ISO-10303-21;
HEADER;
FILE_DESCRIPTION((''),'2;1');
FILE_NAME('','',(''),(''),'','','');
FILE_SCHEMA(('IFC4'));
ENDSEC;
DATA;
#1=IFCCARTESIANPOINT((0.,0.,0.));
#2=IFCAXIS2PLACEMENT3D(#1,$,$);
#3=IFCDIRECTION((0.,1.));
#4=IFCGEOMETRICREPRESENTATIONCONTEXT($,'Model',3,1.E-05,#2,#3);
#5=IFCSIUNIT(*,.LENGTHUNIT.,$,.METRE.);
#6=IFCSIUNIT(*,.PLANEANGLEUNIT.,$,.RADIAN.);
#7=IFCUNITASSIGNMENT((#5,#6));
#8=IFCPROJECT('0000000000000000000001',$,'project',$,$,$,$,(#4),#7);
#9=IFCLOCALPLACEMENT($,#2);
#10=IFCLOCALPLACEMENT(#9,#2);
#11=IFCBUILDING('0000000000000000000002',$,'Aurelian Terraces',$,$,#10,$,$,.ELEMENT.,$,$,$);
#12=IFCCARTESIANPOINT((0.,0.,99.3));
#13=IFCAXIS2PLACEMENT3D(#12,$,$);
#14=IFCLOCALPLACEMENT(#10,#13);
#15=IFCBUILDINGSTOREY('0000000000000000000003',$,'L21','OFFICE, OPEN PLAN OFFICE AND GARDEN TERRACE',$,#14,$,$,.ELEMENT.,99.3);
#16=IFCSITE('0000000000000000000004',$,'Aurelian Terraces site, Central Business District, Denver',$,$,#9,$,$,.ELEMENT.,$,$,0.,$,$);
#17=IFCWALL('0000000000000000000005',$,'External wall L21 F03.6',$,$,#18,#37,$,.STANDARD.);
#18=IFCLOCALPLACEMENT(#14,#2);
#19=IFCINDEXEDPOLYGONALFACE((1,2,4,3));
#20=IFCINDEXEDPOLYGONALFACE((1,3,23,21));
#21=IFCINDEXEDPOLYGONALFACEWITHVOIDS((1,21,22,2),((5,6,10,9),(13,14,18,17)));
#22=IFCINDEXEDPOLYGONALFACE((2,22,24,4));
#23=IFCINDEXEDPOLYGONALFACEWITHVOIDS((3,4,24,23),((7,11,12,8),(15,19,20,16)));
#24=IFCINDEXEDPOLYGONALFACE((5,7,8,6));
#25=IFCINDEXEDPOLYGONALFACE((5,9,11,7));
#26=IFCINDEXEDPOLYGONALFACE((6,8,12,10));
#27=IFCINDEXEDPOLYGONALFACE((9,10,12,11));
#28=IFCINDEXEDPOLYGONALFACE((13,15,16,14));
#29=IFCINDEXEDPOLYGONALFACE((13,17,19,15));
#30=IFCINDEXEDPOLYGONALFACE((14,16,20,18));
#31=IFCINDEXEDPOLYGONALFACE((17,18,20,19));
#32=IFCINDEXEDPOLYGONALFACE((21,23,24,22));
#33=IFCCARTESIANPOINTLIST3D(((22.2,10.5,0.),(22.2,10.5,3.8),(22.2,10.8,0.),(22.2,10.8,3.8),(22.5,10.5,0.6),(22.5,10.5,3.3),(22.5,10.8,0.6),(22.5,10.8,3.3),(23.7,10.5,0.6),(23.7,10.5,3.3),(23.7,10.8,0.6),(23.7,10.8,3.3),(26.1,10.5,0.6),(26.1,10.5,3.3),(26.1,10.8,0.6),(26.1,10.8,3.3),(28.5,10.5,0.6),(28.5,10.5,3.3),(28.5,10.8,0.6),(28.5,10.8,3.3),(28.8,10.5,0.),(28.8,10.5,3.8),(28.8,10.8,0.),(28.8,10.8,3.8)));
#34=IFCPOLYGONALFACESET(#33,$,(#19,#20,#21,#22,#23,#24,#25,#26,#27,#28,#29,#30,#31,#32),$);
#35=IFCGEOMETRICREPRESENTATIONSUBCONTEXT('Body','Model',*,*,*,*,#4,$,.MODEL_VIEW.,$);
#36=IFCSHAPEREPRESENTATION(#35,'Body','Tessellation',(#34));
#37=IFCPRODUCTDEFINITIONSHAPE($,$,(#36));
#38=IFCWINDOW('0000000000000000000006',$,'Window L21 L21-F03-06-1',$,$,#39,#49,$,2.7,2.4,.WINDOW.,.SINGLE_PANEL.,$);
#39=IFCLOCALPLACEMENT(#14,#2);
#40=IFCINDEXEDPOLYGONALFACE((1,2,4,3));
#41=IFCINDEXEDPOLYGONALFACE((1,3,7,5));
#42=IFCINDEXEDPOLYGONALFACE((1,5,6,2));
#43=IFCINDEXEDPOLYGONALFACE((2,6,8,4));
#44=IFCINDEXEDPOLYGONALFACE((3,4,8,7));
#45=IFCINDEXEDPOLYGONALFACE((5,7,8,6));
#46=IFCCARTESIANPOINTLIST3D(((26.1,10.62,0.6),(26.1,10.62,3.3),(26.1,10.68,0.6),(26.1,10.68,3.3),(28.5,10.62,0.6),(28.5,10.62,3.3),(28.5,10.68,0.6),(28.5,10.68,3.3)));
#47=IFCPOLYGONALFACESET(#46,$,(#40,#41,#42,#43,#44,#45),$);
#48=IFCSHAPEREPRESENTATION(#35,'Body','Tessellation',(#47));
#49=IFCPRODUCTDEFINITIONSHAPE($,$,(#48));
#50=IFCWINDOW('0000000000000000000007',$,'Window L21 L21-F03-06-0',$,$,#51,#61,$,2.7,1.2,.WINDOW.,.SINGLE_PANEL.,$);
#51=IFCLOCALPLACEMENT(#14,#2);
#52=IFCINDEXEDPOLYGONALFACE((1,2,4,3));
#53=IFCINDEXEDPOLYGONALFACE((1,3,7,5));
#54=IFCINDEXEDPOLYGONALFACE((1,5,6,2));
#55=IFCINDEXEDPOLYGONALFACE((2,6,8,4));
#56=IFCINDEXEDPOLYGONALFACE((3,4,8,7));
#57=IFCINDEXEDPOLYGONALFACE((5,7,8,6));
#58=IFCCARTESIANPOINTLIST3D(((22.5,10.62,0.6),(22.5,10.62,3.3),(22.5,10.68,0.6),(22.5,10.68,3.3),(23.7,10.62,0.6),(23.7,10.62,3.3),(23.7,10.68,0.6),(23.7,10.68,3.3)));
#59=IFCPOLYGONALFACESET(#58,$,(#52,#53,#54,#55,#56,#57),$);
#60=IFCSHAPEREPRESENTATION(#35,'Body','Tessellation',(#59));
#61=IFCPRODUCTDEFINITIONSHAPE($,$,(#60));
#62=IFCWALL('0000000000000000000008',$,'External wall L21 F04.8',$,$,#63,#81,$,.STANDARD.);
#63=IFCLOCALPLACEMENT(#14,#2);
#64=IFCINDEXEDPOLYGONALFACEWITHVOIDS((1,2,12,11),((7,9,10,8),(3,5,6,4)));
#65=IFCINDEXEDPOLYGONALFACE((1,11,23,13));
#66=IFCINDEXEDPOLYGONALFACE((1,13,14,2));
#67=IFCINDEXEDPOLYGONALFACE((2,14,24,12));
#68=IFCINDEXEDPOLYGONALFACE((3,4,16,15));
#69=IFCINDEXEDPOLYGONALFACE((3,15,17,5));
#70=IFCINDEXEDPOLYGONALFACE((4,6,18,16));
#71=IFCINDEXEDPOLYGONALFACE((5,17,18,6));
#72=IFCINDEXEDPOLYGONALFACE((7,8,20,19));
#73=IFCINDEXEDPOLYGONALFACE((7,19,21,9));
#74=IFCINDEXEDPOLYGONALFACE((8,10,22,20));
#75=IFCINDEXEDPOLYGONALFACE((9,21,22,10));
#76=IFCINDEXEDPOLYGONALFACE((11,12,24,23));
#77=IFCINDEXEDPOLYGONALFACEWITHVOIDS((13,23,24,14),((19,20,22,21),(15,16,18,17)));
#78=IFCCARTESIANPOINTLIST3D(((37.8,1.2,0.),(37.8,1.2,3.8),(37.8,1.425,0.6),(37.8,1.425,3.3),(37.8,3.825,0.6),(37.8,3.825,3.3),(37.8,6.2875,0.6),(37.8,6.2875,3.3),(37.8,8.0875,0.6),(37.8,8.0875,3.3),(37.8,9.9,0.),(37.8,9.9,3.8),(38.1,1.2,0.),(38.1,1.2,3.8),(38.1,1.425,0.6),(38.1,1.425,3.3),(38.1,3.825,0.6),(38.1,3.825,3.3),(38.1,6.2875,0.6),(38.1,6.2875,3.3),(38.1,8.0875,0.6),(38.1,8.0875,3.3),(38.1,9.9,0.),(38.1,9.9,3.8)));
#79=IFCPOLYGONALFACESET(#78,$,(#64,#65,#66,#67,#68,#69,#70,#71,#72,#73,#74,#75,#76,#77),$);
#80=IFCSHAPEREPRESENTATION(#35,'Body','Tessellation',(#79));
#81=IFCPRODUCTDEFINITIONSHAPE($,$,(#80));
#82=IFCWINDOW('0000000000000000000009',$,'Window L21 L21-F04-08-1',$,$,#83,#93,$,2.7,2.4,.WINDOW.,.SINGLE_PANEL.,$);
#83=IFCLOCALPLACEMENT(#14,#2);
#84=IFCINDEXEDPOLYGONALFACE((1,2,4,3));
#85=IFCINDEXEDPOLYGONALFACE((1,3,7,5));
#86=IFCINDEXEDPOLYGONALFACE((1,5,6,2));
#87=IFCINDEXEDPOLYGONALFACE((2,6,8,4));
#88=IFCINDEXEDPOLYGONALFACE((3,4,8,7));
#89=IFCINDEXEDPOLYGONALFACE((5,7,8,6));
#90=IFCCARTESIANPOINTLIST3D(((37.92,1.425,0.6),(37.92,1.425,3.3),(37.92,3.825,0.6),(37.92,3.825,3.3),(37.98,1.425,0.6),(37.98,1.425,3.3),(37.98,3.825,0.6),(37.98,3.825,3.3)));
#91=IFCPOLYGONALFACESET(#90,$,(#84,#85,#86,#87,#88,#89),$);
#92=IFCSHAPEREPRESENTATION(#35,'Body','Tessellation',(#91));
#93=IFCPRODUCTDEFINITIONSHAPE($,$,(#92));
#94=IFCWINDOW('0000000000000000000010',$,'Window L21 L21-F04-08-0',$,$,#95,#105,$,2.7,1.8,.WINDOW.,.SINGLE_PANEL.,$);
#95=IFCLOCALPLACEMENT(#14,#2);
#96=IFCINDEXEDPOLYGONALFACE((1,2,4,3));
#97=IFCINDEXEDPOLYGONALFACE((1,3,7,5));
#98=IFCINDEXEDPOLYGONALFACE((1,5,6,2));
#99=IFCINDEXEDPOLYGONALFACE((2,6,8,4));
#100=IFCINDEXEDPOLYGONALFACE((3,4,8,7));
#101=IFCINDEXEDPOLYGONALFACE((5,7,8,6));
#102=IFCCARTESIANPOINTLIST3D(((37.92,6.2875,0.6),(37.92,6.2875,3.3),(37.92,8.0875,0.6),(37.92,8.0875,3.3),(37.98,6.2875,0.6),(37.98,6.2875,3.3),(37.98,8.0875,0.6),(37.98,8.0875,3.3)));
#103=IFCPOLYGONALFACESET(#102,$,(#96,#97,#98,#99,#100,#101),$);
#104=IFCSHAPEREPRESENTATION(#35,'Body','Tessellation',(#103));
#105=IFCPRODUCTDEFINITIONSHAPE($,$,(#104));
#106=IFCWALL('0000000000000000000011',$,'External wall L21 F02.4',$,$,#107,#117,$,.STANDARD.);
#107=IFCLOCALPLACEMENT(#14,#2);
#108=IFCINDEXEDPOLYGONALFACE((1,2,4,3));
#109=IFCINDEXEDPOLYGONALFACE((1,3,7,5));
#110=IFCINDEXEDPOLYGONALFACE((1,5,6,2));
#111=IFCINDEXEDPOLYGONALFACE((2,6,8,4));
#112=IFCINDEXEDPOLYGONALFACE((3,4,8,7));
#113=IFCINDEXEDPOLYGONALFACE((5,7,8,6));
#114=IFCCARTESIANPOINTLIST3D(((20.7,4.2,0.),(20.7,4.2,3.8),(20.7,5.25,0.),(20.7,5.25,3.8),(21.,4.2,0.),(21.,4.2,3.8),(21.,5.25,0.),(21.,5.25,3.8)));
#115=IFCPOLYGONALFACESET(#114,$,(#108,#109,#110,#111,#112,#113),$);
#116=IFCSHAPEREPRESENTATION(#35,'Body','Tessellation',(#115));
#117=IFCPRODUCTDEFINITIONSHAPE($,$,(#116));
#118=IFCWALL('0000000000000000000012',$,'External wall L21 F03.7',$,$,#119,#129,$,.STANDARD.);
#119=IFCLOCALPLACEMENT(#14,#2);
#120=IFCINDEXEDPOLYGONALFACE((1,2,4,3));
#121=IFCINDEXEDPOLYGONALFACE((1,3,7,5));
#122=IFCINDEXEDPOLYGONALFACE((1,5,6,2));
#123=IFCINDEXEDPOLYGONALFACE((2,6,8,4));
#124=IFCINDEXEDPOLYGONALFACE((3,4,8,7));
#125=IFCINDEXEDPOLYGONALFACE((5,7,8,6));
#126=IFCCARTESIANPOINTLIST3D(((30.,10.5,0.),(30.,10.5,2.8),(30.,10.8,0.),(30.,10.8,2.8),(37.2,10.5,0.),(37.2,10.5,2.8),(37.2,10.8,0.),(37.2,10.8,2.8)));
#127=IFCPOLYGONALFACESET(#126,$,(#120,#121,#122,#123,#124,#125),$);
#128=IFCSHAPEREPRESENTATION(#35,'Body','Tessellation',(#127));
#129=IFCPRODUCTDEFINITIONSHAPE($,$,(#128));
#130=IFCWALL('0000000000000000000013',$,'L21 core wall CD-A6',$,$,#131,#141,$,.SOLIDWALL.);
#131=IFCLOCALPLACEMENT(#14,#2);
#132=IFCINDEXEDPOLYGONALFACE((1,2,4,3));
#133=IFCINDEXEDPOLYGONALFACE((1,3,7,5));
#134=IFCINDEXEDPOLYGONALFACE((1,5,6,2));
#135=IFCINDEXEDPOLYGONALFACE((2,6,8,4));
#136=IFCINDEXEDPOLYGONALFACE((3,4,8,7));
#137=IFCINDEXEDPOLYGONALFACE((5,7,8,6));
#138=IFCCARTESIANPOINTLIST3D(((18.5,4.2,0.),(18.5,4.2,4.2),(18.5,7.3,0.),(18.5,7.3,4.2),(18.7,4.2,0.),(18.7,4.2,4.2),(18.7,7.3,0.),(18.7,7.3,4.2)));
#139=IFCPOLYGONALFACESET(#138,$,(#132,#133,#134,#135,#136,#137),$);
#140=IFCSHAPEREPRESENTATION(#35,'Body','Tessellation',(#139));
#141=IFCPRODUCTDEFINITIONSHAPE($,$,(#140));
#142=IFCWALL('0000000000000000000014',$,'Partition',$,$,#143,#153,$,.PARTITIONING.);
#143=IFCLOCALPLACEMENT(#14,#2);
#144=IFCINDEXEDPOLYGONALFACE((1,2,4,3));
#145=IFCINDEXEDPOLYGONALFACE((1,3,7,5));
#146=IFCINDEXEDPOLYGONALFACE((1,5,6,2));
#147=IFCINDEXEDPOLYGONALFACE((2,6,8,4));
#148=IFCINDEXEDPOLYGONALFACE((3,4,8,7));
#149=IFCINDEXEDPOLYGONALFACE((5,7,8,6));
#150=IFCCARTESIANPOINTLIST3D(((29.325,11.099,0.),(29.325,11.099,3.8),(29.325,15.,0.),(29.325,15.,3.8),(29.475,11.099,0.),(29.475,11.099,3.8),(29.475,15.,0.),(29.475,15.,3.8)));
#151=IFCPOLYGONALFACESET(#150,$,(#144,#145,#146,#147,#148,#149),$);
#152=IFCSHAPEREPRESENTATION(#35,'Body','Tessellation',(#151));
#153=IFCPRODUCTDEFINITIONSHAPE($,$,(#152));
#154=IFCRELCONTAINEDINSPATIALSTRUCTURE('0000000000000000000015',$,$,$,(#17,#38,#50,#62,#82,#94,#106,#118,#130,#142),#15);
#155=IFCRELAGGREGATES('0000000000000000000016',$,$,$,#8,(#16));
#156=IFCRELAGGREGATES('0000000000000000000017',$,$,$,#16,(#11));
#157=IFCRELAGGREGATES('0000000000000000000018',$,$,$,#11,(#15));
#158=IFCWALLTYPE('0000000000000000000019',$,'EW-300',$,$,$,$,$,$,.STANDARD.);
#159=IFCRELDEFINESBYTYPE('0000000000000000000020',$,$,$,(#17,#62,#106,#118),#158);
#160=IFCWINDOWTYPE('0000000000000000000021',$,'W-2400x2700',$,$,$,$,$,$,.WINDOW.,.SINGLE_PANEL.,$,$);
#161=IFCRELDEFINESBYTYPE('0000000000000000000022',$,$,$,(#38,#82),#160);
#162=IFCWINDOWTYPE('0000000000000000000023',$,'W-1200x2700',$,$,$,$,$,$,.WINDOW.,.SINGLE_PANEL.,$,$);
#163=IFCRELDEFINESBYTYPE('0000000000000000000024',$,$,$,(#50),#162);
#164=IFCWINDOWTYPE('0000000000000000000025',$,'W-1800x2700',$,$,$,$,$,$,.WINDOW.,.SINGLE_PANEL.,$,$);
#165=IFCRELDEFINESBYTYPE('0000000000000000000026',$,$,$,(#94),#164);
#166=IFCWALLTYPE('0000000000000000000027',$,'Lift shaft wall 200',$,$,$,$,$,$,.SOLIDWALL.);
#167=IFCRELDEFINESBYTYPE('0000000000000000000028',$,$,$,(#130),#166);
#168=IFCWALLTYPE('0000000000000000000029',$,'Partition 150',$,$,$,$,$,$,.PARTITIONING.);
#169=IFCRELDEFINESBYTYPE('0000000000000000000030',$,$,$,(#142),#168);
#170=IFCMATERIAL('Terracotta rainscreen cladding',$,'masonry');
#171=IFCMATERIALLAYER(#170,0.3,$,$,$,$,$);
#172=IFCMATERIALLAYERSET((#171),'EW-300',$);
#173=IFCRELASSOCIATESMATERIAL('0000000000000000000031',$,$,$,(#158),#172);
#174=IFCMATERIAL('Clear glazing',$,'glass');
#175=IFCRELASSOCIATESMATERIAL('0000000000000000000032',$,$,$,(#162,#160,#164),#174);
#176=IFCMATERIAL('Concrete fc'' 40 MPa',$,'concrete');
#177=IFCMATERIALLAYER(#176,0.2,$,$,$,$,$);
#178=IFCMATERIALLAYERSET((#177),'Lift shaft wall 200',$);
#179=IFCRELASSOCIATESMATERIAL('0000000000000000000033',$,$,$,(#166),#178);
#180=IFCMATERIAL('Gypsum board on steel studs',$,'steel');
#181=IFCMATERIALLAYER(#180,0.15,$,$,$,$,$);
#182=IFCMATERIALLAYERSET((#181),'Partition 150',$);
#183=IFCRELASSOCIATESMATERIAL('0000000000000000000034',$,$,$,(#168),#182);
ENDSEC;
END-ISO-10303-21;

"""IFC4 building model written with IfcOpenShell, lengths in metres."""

from ifc_helpers import new_model, si_unit, direction, frame, frame_2d, origin, place, context, subcontext, project, spatial, rectangle, extrude, source, transform, mapped, material, layer, layer_set, type_object, element, fill, save


model = new_model("IFC4")

# Units and contexts
model_context = context("Model", 3, precision=1e-05, world=origin(), true_north=direction((0.0, 1.0)))
body_context = subcontext(model_context, "Body", "Model", "MODEL_VIEW")
ifc_project = project(units=[si_unit("LENGTHUNIT", "METRE"), si_unit("PLANEANGLEUNIT", "RADIAN")], contexts=[model_context])

# Site, building, storey
site_placement = place(None, origin())
site = spatial("IfcSite", under=ifc_project, at=site_placement, Name="Aurelian Terraces site, Central Business District, Denver", CompositionType="ELEMENT", RefElevation=0.0)
building_placement = place(site_placement, origin())
building = spatial("IfcBuilding", under=site, at=building_placement, Name="Aurelian Terraces", CompositionType="ELEMENT")
storey_placement = place(building_placement, frame((0.0, 0.0, 99.3)))
storey = spatial("IfcBuildingStorey", under=building, at=storey_placement, Name="L21", Description="OFFICE, OPEN PLAN OFFICE AND GARDEN TERRACE", CompositionType="ELEMENT", Elevation=99.3)

# Shared definitions
ifc_material_1 = material(Name="Concrete fc' 40 MPa", Category="concrete")

# Shared definitions
ifc_material_2 = material(Name="Terracotta rainscreen cladding", Category="masonry")
ifc_layer_1 = layer(ifc_material_2, 0.3)
ifc_layer_set_1 = layer_set([ifc_layer_1], Name="EW-300")
wall_type_1 = type_object("IfcWallType", Name="EW-300", PredefinedType="STANDARD", material=ifc_layer_set_1)
shared_shape_1 = source(origin(), body_context, "Body", "SweptSolid", [
    extrude(rectangle(XDim=1.2, YDim=2.7, at=frame_2d((0.6, 1.35))), frame((0.0, 0.16, 0.0), z_axis=(0.0, -1.0, 0.0), x_axis=(1.0, 0.0, 0.0)), (0.0, 0.0, 1.0), 0.32),
])
ifc_material_3 = material(Name="Clear glazing", Category="glass")
window_type_1 = type_object("IfcWindowType", Name="W-1200x2700", PartitioningType="SINGLE_PANEL", PredefinedType="WINDOW", material=ifc_material_3)
shared_shape_2 = source(origin(), body_context, "Body", "SweptSolid", [
    extrude(rectangle(XDim=1.2, YDim=2.7, at=frame_2d((0.6, 1.35))), frame((0.0, 0.03, 0.0), z_axis=(0.0, -1.0, 0.0), x_axis=(1.0, 0.0, 0.0)), (0.0, 0.0, 1.0), 0.06),
])

# Walls, openings, windows
shared_shape_3 = source(origin(), body_context, "Body", "SweptSolid", [
    extrude(rectangle(XDim=6.6, YDim=0.3, at=frame_2d((3.3, 0.0))), origin(), (0.0, 0.0, 1.0), 3.8),
])
wall_1_placement = place(storey_placement, frame((22.2, 10.65, 0.0), z_axis=(0.0, 0.0, 1.0), x_axis=(1.0, 0.0, 0.0)))
wall_1 = element("IfcWall", 1, at=wall_1_placement, inside=storey, type_object=wall_type_1, Name="External wall L21 F03.6", PredefinedType="STANDARD", context=body_context, shape_type="MappedRepresentation", body=[
    mapped(shared_shape_3, transform((0.0, 0.0, 0.0), scale=1.0)),
])
opening_1_placement = place(wall_1_placement, frame((0.3, 0.0, 0.6)))
opening_1 = element("IfcOpeningElement", 2, at=opening_1_placement, cuts=wall_1, PredefinedType="OPENING", context=body_context, shape_type="MappedRepresentation", body=[
    mapped(shared_shape_1, transform((0.0, 0.0, 0.0), scale=1.0)),
])
shared_shape_4 = source(origin(), body_context, "Body", "SweptSolid", [
    extrude(rectangle(XDim=2.4, YDim=2.7, at=frame_2d((1.2, 1.35))), frame((0.0, 0.16, 0.0), z_axis=(0.0, -1.0, 0.0), x_axis=(1.0, 0.0, 0.0)), (0.0, 0.0, 1.0), 0.32),
])
opening_2_placement = place(wall_1_placement, frame((3.9, 0.0, 0.6)))
opening_2 = element("IfcOpeningElement", 3, at=opening_2_placement, cuts=wall_1, PredefinedType="OPENING", context=body_context, shape_type="MappedRepresentation", body=[
    mapped(shared_shape_4, transform((0.0, 0.0, 0.0), scale=1.0)),
])
window_type_2 = type_object("IfcWindowType", Name="W-2400x2700", PartitioningType="SINGLE_PANEL", PredefinedType="WINDOW", material=ifc_material_3)
shared_shape_5 = source(origin(), body_context, "Body", "SweptSolid", [
    extrude(rectangle(XDim=2.4, YDim=2.7, at=frame_2d((1.2, 1.35))), frame((0.0, 0.03, 0.0), z_axis=(0.0, -1.0, 0.0), x_axis=(1.0, 0.0, 0.0)), (0.0, 0.0, 1.0), 0.06),
])
window_1_placement = place(opening_2_placement, origin())
window_1 = element("IfcWindow", 4, at=window_1_placement, inside=storey, type_object=window_type_2, Name="Window L21 L21-F03-06-1", OverallHeight=2.7, OverallWidth=2.4, PartitioningType="SINGLE_PANEL", PredefinedType="WINDOW", context=body_context, shape_type="MappedRepresentation", body=[
    mapped(shared_shape_5, transform((0.0, 0.0, 0.0), scale=1.0)),
])
fill(opening_2, window_1)
window_2_placement = place(opening_1_placement, origin())
window_2 = element("IfcWindow", 5, at=window_2_placement, inside=storey, type_object=window_type_1, Name="Window L21 L21-F03-06-0", OverallHeight=2.7, OverallWidth=1.2, PartitioningType="SINGLE_PANEL", PredefinedType="WINDOW", context=body_context, shape_type="MappedRepresentation", body=[
    mapped(shared_shape_2, transform((0.0, 0.0, 0.0), scale=1.0)),
])
fill(opening_1, window_2)
shared_shape_6 = source(origin(), body_context, "Body", "SweptSolid", [
    extrude(rectangle(XDim=8.7, YDim=0.3, at=frame_2d((4.35, 0.0))), origin(), (0.0, 0.0, 1.0), 3.8),
])
wall_2_placement = place(storey_placement, frame((37.95, 9.9, 0.0), z_axis=(0.0, 0.0, 1.0), x_axis=(0.0, -1.0, 0.0)))
wall_2 = element("IfcWall", 6, at=wall_2_placement, inside=storey, type_object=wall_type_1, Name="External wall L21 F04.8", PredefinedType="STANDARD", context=body_context, shape_type="MappedRepresentation", body=[
    mapped(shared_shape_6, transform((0.0, 0.0, 0.0), scale=1.0)),
])
shared_shape_7 = source(origin(), body_context, "Body", "SweptSolid", [
    extrude(rectangle(XDim=1.8, YDim=2.7, at=frame_2d((0.9, 1.35))), frame((0.0, 0.16, 0.0), z_axis=(0.0, -1.0, 0.0), x_axis=(1.0, 0.0, 0.0)), (0.0, 0.0, 1.0), 0.32),
])
opening_3_placement = place(wall_2_placement, frame((1.8125, 0.0, 0.6)))
opening_3 = element("IfcOpeningElement", 7, at=opening_3_placement, cuts=wall_2, PredefinedType="OPENING", context=body_context, shape_type="MappedRepresentation", body=[
    mapped(shared_shape_7, transform((0.0, 0.0, 0.0), scale=1.0)),
])
opening_4_placement = place(wall_2_placement, frame((6.075, 0.0, 0.6)))
opening_4 = element("IfcOpeningElement", 8, at=opening_4_placement, cuts=wall_2, PredefinedType="OPENING", context=body_context, shape_type="MappedRepresentation", body=[
    mapped(shared_shape_4, transform((0.0, 0.0, 0.0), scale=1.0)),
])
window_3_placement = place(opening_4_placement, origin())
window_3 = element("IfcWindow", 9, at=window_3_placement, inside=storey, type_object=window_type_2, Name="Window L21 L21-F04-08-1", OverallHeight=2.7, OverallWidth=2.4, PartitioningType="SINGLE_PANEL", PredefinedType="WINDOW", context=body_context, shape_type="MappedRepresentation", body=[
    mapped(shared_shape_5, transform((0.0, 0.0, 0.0), scale=1.0)),
])
fill(opening_4, window_3)
window_type_3 = type_object("IfcWindowType", Name="W-1800x2700", PartitioningType="SINGLE_PANEL", PredefinedType="WINDOW", material=ifc_material_3)
shared_shape_8 = source(origin(), body_context, "Body", "SweptSolid", [
    extrude(rectangle(XDim=1.8, YDim=2.7, at=frame_2d((0.9, 1.35))), frame((0.0, 0.03, 0.0), z_axis=(0.0, -1.0, 0.0), x_axis=(1.0, 0.0, 0.0)), (0.0, 0.0, 1.0), 0.06),
])
window_4_placement = place(opening_3_placement, origin())
window_4 = element("IfcWindow", 10, at=window_4_placement, inside=storey, type_object=window_type_3, Name="Window L21 L21-F04-08-0", OverallHeight=2.7, OverallWidth=1.8, PartitioningType="SINGLE_PANEL", PredefinedType="WINDOW", context=body_context, shape_type="MappedRepresentation", body=[
    mapped(shared_shape_8, transform((0.0, 0.0, 0.0), scale=1.0)),
])
fill(opening_3, window_4)

# Walls
shared_shape_9 = source(origin(), body_context, "Body", "SweptSolid", [
    extrude(rectangle(XDim=1.05, YDim=0.3, at=frame_2d((0.525, 0.0))), origin(), (0.0, 0.0, 1.0), 3.8),
])
wall_3_placement = place(storey_placement, frame((20.85, 4.2, 0.0), z_axis=(0.0, 0.0, 1.0), x_axis=(0.0, 1.0, 0.0)))
element("IfcWall", 11, at=wall_3_placement, inside=storey, type_object=wall_type_1, Name="External wall L21 F02.4", PredefinedType="STANDARD", context=body_context, shape_type="MappedRepresentation", body=[
    mapped(shared_shape_9, transform((0.0, 0.0, 0.0), scale=1.0)),
])
shared_shape_10 = source(origin(), body_context, "Body", "SweptSolid", [
    extrude(rectangle(XDim=7.2, YDim=0.3, at=frame_2d((3.6, 0.0))), origin(), (0.0, 0.0, 1.0), 2.8),
])
wall_4_placement = place(storey_placement, frame((30.0, 10.65, 0.0), z_axis=(0.0, 0.0, 1.0), x_axis=(1.0, 0.0, 0.0)))
element("IfcWall", 12, at=wall_4_placement, inside=storey, type_object=wall_type_1, Name="External wall L21 F03.7", PredefinedType="STANDARD", context=body_context, shape_type="MappedRepresentation", body=[
    mapped(shared_shape_10, transform((0.0, 0.0, 0.0), scale=1.0)),
])
ifc_layer_2 = layer(ifc_material_1, 0.2)
ifc_layer_set_2 = layer_set([ifc_layer_2], Name="Lift shaft wall 200")
wall_type_2 = type_object("IfcWallType", Name="Lift shaft wall 200", PredefinedType="SOLIDWALL", material=ifc_layer_set_2)
shared_shape_11 = source(origin(), body_context, "Body", "SweptSolid", [
    extrude(rectangle(XDim=3.1, YDim=0.2, at=frame_2d((1.55, 0.0))), origin(), (0.0, 0.0, 1.0), 4.2),
])
wall_5_placement = place(storey_placement, frame((18.6, 4.2, 0.0), z_axis=(0.0, 0.0, 1.0), x_axis=(0.0, 1.0, 0.0)))
element("IfcWall", 13, at=wall_5_placement, inside=storey, type_object=wall_type_2, Name="L21 core wall CD-A6", PredefinedType="SOLIDWALL", context=body_context, shape_type="MappedRepresentation", body=[
    mapped(shared_shape_11, transform((0.0, 0.0, 0.0), scale=1.0)),
])
ifc_material_4 = material(Name="Gypsum board on steel studs", Category="steel")
ifc_layer_3 = layer(ifc_material_4, 0.15)
ifc_layer_set_3 = layer_set([ifc_layer_3], Name="Partition 150")
wall_type_3 = type_object("IfcWallType", Name="Partition 150", PredefinedType="PARTITIONING", material=ifc_layer_set_3)
shared_shape_12 = source(origin(), body_context, "Body", "SweptSolid", [
    extrude(rectangle(XDim=3.901, YDim=0.15, at=frame_2d((1.9505, 0.0))), origin(), (0.0, 0.0, 1.0), 3.8),
])
for number, where, z_axis, x_axis, name in (
    (14, (29.4, 11.099, 0.0), (0.0, 0.0, 1.0), (0.0, 1.0, 0.0), "Partition"),
):
    element("IfcWall", number, at=place(storey_placement, frame(where, z_axis=z_axis, x_axis=x_axis)), inside=storey, type_object=wall_type_3, Name=name, PredefinedType="PARTITIONING", context=body_context, shape_type="MappedRepresentation", body=[
        mapped(shared_shape_12, transform((0.0, 0.0, 0.0), scale=1.0)),
    ])

save(model, "model.ifc")
